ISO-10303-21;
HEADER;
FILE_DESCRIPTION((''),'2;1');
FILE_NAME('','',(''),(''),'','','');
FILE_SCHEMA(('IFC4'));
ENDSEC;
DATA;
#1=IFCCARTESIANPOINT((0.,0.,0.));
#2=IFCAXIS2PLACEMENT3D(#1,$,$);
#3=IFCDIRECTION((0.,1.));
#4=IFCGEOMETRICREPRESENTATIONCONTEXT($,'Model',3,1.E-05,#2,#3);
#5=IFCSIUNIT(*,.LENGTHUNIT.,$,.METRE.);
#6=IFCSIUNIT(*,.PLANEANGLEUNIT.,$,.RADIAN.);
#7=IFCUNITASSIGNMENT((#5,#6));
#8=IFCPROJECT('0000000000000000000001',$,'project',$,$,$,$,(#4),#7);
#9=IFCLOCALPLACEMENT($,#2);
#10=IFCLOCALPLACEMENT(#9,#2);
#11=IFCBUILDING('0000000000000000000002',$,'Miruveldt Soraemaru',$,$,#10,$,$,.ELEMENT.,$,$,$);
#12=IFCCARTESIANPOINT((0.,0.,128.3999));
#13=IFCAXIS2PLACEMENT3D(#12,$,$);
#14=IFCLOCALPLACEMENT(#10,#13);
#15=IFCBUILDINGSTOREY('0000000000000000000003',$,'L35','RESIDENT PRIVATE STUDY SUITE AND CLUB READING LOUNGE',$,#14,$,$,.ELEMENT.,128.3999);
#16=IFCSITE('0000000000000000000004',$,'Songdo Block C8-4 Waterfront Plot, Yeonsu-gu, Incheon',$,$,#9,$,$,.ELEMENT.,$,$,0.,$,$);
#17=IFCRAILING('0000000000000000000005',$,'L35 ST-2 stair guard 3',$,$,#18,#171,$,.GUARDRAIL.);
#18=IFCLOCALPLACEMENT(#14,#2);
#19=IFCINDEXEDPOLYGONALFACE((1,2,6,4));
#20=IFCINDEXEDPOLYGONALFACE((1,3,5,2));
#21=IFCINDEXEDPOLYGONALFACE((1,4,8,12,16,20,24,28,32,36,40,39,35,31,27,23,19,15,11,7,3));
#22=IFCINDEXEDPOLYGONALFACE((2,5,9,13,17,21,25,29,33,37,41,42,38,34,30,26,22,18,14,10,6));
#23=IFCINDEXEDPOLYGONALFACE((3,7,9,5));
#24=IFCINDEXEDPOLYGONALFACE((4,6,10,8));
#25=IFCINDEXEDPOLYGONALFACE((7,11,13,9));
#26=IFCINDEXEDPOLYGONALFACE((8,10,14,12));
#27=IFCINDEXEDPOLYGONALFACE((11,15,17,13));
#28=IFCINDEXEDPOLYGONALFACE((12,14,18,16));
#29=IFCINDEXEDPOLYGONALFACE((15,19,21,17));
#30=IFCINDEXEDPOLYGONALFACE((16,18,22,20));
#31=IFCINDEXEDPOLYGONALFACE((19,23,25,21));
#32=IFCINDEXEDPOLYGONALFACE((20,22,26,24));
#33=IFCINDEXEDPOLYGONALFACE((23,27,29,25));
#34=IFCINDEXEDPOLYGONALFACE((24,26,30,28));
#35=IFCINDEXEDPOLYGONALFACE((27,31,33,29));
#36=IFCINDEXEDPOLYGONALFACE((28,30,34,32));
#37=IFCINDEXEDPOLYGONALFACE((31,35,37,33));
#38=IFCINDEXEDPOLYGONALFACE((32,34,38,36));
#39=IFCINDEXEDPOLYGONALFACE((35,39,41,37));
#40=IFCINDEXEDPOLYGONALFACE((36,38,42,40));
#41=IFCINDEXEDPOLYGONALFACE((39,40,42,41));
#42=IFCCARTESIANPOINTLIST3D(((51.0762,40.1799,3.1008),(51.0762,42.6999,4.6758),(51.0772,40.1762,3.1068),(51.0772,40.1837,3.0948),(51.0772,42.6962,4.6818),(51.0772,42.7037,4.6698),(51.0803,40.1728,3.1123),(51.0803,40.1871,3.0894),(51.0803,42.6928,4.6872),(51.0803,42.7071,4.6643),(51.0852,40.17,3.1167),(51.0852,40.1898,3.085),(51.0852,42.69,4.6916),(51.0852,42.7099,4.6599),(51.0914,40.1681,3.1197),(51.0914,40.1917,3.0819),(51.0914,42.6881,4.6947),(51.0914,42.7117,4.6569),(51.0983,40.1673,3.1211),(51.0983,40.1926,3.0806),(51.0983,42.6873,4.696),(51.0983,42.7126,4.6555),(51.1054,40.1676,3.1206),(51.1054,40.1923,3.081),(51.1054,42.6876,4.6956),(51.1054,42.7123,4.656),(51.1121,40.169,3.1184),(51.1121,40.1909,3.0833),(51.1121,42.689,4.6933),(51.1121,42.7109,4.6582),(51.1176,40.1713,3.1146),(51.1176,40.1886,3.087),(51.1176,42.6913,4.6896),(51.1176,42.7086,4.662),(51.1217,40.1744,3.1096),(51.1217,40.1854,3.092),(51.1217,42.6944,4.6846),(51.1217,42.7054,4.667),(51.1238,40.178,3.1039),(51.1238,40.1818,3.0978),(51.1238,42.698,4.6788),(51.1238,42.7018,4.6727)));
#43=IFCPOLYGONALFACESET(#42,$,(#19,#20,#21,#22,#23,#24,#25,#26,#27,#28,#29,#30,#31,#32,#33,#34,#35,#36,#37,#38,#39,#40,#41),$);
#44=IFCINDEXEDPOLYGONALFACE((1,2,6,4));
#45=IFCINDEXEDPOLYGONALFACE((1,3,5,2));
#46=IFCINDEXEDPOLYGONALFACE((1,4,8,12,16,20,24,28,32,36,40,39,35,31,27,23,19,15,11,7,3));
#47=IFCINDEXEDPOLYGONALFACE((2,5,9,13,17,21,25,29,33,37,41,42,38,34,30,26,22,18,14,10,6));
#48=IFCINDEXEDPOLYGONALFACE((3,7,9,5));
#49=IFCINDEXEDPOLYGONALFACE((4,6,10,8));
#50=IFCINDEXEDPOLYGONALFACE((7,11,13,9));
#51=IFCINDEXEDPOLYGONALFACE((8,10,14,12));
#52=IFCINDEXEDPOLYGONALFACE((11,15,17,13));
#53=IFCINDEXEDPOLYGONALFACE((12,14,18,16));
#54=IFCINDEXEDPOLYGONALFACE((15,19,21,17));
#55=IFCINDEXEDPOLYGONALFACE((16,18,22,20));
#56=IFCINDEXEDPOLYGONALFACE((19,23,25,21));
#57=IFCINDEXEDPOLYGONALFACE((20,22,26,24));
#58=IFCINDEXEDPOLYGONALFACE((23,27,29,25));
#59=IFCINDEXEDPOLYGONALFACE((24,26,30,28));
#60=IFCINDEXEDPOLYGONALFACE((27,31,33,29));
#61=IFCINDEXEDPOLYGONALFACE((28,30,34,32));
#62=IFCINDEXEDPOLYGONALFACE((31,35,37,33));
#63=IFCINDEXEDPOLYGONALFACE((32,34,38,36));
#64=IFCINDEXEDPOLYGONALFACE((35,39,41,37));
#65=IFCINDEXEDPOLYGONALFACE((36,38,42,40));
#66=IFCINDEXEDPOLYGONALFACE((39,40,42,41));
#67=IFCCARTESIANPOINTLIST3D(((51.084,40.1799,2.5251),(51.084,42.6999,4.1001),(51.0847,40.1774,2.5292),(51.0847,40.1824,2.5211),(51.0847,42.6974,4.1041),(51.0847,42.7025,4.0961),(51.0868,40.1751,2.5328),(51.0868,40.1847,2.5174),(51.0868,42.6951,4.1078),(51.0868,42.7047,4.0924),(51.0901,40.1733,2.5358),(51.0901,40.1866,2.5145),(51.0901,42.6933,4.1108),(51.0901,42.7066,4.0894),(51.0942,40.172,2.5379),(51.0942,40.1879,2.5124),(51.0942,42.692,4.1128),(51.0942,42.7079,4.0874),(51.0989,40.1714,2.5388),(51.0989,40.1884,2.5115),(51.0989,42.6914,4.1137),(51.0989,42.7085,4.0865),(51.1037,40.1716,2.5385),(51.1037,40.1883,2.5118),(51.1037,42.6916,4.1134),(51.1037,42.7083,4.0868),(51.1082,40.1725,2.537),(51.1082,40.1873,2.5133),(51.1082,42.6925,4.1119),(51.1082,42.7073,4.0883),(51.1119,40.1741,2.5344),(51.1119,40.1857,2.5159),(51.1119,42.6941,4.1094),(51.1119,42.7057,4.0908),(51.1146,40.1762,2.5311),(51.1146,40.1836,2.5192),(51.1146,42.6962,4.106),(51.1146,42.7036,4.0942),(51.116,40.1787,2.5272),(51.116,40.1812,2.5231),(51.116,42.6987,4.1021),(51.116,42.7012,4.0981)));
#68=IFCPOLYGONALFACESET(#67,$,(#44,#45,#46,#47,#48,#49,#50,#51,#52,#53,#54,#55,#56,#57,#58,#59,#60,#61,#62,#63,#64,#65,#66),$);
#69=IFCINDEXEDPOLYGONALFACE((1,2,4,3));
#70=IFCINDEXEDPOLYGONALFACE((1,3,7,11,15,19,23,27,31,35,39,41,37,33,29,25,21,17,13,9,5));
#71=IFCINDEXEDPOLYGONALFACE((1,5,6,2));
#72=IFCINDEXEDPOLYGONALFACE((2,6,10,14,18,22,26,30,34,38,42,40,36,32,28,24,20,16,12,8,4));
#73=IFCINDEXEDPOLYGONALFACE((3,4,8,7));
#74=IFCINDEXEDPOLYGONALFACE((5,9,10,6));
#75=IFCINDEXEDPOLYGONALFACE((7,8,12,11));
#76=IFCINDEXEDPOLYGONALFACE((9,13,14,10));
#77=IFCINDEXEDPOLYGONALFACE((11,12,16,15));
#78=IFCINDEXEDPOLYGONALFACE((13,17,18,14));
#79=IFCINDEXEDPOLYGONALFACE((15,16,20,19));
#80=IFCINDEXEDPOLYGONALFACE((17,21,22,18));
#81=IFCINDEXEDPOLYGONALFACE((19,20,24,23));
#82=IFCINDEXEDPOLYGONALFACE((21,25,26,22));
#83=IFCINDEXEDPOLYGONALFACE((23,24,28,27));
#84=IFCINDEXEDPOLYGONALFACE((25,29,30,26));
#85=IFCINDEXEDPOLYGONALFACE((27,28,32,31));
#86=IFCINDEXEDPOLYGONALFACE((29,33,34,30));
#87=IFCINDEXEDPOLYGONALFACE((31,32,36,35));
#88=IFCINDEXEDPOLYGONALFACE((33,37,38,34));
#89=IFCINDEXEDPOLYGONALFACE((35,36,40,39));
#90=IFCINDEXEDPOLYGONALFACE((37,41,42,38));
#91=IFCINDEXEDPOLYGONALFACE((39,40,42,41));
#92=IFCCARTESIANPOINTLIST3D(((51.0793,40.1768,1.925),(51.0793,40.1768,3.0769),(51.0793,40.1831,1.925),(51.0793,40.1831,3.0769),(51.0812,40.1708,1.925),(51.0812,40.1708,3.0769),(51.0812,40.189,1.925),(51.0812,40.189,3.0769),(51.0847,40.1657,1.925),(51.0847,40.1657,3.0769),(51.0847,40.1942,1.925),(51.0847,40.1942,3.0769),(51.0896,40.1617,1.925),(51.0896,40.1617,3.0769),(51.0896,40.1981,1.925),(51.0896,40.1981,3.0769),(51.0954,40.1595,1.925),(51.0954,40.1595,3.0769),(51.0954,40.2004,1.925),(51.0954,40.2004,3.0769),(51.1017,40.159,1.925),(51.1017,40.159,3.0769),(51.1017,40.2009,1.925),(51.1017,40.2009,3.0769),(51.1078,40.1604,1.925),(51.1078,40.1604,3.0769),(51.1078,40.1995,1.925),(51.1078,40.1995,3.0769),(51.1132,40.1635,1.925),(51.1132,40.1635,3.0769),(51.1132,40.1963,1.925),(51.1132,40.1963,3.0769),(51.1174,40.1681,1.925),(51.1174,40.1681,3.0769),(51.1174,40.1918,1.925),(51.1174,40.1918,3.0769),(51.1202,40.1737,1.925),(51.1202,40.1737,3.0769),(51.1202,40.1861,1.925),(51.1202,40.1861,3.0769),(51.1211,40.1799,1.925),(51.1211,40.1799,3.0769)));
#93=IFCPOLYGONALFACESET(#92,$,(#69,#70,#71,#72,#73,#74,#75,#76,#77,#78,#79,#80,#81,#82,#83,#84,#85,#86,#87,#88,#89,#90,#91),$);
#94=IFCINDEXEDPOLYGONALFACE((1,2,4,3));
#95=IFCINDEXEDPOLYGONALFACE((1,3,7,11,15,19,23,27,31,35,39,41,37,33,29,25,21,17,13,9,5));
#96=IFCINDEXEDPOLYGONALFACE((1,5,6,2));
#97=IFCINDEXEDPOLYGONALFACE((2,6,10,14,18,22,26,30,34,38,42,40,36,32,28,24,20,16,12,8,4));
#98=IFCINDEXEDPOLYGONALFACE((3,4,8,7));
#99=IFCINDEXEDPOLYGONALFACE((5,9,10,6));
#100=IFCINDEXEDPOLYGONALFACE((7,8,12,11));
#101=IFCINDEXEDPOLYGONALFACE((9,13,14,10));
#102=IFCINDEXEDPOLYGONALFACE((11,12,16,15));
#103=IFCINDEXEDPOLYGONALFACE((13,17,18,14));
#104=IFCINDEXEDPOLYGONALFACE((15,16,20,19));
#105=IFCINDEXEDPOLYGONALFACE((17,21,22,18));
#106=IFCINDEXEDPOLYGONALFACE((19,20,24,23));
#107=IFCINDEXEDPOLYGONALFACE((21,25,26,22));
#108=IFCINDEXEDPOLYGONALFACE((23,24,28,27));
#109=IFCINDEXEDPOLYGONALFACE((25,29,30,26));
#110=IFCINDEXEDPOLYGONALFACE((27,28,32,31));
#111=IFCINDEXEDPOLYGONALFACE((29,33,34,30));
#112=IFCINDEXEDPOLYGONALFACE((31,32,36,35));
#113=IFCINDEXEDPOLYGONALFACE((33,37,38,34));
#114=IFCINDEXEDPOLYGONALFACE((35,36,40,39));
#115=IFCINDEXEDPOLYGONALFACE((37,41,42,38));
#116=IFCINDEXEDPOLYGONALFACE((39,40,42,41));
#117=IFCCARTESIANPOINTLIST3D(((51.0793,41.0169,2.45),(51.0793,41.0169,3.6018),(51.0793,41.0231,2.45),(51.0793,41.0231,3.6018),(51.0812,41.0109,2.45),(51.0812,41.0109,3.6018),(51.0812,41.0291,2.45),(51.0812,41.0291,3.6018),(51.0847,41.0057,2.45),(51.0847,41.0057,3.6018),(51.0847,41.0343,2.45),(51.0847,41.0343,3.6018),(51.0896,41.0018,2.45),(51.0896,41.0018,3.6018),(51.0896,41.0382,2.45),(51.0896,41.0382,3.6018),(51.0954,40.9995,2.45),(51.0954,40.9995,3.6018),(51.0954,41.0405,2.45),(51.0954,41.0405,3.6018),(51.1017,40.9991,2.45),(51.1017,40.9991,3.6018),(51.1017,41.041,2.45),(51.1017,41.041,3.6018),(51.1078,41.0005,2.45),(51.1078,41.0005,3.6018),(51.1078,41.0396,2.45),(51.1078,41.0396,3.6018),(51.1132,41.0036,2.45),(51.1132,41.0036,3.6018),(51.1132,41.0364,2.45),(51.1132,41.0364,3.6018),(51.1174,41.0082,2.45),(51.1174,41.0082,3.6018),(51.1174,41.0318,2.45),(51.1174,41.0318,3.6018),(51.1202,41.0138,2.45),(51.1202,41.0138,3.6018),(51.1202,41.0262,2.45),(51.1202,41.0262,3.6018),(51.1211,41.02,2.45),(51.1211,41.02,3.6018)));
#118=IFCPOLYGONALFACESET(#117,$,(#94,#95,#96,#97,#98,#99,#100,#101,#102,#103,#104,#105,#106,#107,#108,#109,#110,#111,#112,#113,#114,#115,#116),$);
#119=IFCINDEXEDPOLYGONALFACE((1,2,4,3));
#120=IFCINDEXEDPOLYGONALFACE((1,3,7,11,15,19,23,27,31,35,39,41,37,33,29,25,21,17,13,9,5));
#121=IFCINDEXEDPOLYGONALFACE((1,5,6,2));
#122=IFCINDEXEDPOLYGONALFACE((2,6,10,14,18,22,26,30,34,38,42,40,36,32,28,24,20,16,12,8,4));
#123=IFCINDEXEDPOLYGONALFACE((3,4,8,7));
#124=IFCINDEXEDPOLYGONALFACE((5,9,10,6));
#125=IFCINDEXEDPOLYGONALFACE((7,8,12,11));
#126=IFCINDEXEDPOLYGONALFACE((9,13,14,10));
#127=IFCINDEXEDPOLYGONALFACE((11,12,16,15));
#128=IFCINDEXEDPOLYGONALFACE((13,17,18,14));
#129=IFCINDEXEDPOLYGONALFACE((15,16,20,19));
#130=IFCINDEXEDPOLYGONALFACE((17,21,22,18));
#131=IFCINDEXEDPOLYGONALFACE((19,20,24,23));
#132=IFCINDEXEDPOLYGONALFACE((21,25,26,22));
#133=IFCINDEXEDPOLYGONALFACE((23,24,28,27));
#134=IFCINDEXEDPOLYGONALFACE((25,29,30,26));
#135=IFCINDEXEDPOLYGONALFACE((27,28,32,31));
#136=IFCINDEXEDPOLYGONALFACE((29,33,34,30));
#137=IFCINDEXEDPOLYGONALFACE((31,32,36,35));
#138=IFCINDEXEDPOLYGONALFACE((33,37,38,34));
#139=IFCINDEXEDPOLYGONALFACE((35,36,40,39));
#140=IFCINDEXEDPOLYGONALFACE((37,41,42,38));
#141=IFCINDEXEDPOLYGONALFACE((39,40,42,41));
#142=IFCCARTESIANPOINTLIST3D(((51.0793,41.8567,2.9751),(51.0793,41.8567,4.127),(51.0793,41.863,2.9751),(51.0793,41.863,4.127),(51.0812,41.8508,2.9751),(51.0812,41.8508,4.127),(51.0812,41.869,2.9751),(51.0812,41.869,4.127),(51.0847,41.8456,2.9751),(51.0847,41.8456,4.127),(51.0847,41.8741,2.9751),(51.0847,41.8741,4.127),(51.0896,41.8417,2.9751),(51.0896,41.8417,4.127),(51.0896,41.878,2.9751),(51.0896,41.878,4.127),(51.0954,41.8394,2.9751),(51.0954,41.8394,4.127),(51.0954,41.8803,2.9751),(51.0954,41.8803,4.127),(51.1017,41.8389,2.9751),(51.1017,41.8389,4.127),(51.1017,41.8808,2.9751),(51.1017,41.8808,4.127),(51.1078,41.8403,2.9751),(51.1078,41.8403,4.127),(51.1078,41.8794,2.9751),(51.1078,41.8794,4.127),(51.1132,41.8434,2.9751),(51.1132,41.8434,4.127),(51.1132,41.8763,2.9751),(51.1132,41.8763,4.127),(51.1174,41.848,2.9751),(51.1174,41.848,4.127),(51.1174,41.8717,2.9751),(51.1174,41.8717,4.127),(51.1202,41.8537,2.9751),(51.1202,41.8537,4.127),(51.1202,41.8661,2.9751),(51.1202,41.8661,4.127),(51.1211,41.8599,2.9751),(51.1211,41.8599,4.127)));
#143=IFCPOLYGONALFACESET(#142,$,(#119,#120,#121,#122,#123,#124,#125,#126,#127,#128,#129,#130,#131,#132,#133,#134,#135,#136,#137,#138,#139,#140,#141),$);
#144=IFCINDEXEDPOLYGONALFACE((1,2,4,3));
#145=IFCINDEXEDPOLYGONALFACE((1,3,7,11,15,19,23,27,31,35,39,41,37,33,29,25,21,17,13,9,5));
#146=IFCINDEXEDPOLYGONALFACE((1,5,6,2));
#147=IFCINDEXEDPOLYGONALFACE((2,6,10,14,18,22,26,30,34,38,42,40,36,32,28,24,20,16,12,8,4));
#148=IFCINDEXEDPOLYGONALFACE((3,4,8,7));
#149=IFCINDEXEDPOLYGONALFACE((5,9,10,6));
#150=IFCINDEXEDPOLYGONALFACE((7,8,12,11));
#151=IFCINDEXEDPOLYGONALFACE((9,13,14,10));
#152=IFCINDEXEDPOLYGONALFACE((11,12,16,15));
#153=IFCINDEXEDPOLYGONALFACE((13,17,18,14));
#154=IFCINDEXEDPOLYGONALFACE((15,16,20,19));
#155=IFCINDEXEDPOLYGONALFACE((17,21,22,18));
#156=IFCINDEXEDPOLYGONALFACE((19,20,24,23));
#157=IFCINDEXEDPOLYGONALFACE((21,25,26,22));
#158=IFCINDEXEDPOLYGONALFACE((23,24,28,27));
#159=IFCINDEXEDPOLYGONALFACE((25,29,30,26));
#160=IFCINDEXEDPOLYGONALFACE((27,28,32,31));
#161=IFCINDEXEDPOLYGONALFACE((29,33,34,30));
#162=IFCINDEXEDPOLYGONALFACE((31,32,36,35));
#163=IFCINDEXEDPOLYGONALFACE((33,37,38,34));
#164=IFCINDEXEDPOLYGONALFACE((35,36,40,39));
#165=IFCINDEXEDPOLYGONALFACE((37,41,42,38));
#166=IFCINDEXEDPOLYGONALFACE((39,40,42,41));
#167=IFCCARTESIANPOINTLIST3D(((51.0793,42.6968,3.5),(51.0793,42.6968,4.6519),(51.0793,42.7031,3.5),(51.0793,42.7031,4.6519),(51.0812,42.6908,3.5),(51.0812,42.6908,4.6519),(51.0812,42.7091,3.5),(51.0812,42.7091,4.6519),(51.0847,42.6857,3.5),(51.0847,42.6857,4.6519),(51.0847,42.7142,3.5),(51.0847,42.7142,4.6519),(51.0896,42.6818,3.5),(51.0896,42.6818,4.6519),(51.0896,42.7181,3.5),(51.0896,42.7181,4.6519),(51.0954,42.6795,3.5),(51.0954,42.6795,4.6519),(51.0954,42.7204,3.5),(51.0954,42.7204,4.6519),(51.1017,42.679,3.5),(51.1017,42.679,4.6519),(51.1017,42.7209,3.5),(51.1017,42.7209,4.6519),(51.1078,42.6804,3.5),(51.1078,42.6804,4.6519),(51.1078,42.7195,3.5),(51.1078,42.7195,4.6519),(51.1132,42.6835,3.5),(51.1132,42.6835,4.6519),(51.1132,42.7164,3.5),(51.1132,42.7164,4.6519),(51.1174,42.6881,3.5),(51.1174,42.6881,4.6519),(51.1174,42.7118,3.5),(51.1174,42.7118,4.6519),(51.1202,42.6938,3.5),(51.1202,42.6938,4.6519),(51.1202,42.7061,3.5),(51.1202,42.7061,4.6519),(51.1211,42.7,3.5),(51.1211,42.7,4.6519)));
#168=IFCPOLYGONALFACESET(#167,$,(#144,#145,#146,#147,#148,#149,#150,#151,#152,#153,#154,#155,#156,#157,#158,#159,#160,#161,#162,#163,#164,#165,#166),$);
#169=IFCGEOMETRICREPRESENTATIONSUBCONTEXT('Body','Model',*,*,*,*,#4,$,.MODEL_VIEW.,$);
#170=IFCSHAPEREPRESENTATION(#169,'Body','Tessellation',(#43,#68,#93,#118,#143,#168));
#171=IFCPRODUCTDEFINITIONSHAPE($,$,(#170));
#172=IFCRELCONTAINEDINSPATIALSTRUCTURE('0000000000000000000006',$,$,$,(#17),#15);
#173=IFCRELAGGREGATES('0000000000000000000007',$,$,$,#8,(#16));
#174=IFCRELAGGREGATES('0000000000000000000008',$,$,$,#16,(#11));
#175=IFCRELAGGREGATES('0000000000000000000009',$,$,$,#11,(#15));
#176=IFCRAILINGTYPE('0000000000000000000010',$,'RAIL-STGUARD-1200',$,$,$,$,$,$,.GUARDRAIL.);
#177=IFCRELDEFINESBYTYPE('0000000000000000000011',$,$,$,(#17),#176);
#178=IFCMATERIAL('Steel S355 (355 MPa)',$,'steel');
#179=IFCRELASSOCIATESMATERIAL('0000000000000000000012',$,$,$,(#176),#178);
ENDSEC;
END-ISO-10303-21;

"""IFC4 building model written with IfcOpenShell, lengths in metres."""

from ifc_helpers import new_model, si_unit, direction, frame, origin, origin_2d, place, context, subcontext, project, spatial, circle, extrude, material, type_object, element, save


model = new_model("IFC4")

# Units and contexts
model_context = context("Model", 3, precision=1e-05, world=origin(), true_north=direction((0.0, 1.0)))
body_context = subcontext(model_context, "Body", "Model", "MODEL_VIEW")
ifc_project = project(units=[si_unit("LENGTHUNIT", "METRE"), si_unit("PLANEANGLEUNIT", "RADIAN")], contexts=[model_context])

# Site, building, storey
site_placement = place(None, origin())
site = spatial("IfcSite", under=ifc_project, at=site_placement, Name="Songdo Block C8-4 Waterfront Plot, Yeonsu-gu, Incheon", CompositionType="ELEMENT", RefElevation=0.0)
building_placement = place(site_placement, origin())
building = spatial("IfcBuilding", under=site, at=building_placement, Name="Miruveldt Soraemaru", CompositionType="ELEMENT")
storey_placement = place(building_placement, frame((0.0, 0.0, 128.3999)))
storey = spatial("IfcBuildingStorey", under=building, at=storey_placement, Name="L35", Description="RESIDENT PRIVATE STUDY SUITE AND CLUB READING LOUNGE", CompositionType="ELEMENT", Elevation=128.3999)

# Railing
ifc_material_1 = material(Name="Steel S355 (355 MPa)", Category="steel")
railing_type_1 = type_object("IfcRailingType", Name="RAIL-STGUARD-1200", PredefinedType="GUARDRAIL", material=ifc_material_1)
railing_1_placement = place(storey_placement, frame((51.1001, 40.1799, 1.925)))
element("IfcRailing", 1, at=railing_1_placement, inside=storey, type_object=railing_type_1, Name="L35 ST-2 stair guard 3", PredefinedType="GUARDRAIL", context=body_context, shape_type="SweptSolid", body=[
    extrude(circle(Radius=0.0239, at=origin_2d()), frame((0.0, 0.0, 1.1758), z_axis=(0.0, 0.848008, 0.529984), x_axis=(-1.0, 0.0, 0.0)), (0.0, 0.0, 1.0), 2.9717),
    extrude(circle(Radius=0.0161, at=origin_2d()), frame((0.0, 0.0, 0.6001), z_axis=(0.0, 0.848008, 0.529984), x_axis=(-1.0, 0.0, 0.0)), (0.0, 0.0, 1.0), 2.9717),
    extrude(circle(Radius=0.021, at=origin_2d()), origin(), (0.0, 0.0, 1.0), 1.1519),
    extrude(circle(Radius=0.021, at=origin_2d()), frame((0.0, 0.8401, 0.5249)), (0.0, 0.0, 1.0), 1.1519),
    extrude(circle(Radius=0.021, at=origin_2d()), frame((0.0, 1.6799, 1.05)), (0.0, 0.0, 1.0), 1.1519),
    extrude(circle(Radius=0.021, at=origin_2d()), frame((0.0, 2.52, 1.575)), (0.0, 0.0, 1.0), 1.1519),
])

save(model, "model.ifc")
